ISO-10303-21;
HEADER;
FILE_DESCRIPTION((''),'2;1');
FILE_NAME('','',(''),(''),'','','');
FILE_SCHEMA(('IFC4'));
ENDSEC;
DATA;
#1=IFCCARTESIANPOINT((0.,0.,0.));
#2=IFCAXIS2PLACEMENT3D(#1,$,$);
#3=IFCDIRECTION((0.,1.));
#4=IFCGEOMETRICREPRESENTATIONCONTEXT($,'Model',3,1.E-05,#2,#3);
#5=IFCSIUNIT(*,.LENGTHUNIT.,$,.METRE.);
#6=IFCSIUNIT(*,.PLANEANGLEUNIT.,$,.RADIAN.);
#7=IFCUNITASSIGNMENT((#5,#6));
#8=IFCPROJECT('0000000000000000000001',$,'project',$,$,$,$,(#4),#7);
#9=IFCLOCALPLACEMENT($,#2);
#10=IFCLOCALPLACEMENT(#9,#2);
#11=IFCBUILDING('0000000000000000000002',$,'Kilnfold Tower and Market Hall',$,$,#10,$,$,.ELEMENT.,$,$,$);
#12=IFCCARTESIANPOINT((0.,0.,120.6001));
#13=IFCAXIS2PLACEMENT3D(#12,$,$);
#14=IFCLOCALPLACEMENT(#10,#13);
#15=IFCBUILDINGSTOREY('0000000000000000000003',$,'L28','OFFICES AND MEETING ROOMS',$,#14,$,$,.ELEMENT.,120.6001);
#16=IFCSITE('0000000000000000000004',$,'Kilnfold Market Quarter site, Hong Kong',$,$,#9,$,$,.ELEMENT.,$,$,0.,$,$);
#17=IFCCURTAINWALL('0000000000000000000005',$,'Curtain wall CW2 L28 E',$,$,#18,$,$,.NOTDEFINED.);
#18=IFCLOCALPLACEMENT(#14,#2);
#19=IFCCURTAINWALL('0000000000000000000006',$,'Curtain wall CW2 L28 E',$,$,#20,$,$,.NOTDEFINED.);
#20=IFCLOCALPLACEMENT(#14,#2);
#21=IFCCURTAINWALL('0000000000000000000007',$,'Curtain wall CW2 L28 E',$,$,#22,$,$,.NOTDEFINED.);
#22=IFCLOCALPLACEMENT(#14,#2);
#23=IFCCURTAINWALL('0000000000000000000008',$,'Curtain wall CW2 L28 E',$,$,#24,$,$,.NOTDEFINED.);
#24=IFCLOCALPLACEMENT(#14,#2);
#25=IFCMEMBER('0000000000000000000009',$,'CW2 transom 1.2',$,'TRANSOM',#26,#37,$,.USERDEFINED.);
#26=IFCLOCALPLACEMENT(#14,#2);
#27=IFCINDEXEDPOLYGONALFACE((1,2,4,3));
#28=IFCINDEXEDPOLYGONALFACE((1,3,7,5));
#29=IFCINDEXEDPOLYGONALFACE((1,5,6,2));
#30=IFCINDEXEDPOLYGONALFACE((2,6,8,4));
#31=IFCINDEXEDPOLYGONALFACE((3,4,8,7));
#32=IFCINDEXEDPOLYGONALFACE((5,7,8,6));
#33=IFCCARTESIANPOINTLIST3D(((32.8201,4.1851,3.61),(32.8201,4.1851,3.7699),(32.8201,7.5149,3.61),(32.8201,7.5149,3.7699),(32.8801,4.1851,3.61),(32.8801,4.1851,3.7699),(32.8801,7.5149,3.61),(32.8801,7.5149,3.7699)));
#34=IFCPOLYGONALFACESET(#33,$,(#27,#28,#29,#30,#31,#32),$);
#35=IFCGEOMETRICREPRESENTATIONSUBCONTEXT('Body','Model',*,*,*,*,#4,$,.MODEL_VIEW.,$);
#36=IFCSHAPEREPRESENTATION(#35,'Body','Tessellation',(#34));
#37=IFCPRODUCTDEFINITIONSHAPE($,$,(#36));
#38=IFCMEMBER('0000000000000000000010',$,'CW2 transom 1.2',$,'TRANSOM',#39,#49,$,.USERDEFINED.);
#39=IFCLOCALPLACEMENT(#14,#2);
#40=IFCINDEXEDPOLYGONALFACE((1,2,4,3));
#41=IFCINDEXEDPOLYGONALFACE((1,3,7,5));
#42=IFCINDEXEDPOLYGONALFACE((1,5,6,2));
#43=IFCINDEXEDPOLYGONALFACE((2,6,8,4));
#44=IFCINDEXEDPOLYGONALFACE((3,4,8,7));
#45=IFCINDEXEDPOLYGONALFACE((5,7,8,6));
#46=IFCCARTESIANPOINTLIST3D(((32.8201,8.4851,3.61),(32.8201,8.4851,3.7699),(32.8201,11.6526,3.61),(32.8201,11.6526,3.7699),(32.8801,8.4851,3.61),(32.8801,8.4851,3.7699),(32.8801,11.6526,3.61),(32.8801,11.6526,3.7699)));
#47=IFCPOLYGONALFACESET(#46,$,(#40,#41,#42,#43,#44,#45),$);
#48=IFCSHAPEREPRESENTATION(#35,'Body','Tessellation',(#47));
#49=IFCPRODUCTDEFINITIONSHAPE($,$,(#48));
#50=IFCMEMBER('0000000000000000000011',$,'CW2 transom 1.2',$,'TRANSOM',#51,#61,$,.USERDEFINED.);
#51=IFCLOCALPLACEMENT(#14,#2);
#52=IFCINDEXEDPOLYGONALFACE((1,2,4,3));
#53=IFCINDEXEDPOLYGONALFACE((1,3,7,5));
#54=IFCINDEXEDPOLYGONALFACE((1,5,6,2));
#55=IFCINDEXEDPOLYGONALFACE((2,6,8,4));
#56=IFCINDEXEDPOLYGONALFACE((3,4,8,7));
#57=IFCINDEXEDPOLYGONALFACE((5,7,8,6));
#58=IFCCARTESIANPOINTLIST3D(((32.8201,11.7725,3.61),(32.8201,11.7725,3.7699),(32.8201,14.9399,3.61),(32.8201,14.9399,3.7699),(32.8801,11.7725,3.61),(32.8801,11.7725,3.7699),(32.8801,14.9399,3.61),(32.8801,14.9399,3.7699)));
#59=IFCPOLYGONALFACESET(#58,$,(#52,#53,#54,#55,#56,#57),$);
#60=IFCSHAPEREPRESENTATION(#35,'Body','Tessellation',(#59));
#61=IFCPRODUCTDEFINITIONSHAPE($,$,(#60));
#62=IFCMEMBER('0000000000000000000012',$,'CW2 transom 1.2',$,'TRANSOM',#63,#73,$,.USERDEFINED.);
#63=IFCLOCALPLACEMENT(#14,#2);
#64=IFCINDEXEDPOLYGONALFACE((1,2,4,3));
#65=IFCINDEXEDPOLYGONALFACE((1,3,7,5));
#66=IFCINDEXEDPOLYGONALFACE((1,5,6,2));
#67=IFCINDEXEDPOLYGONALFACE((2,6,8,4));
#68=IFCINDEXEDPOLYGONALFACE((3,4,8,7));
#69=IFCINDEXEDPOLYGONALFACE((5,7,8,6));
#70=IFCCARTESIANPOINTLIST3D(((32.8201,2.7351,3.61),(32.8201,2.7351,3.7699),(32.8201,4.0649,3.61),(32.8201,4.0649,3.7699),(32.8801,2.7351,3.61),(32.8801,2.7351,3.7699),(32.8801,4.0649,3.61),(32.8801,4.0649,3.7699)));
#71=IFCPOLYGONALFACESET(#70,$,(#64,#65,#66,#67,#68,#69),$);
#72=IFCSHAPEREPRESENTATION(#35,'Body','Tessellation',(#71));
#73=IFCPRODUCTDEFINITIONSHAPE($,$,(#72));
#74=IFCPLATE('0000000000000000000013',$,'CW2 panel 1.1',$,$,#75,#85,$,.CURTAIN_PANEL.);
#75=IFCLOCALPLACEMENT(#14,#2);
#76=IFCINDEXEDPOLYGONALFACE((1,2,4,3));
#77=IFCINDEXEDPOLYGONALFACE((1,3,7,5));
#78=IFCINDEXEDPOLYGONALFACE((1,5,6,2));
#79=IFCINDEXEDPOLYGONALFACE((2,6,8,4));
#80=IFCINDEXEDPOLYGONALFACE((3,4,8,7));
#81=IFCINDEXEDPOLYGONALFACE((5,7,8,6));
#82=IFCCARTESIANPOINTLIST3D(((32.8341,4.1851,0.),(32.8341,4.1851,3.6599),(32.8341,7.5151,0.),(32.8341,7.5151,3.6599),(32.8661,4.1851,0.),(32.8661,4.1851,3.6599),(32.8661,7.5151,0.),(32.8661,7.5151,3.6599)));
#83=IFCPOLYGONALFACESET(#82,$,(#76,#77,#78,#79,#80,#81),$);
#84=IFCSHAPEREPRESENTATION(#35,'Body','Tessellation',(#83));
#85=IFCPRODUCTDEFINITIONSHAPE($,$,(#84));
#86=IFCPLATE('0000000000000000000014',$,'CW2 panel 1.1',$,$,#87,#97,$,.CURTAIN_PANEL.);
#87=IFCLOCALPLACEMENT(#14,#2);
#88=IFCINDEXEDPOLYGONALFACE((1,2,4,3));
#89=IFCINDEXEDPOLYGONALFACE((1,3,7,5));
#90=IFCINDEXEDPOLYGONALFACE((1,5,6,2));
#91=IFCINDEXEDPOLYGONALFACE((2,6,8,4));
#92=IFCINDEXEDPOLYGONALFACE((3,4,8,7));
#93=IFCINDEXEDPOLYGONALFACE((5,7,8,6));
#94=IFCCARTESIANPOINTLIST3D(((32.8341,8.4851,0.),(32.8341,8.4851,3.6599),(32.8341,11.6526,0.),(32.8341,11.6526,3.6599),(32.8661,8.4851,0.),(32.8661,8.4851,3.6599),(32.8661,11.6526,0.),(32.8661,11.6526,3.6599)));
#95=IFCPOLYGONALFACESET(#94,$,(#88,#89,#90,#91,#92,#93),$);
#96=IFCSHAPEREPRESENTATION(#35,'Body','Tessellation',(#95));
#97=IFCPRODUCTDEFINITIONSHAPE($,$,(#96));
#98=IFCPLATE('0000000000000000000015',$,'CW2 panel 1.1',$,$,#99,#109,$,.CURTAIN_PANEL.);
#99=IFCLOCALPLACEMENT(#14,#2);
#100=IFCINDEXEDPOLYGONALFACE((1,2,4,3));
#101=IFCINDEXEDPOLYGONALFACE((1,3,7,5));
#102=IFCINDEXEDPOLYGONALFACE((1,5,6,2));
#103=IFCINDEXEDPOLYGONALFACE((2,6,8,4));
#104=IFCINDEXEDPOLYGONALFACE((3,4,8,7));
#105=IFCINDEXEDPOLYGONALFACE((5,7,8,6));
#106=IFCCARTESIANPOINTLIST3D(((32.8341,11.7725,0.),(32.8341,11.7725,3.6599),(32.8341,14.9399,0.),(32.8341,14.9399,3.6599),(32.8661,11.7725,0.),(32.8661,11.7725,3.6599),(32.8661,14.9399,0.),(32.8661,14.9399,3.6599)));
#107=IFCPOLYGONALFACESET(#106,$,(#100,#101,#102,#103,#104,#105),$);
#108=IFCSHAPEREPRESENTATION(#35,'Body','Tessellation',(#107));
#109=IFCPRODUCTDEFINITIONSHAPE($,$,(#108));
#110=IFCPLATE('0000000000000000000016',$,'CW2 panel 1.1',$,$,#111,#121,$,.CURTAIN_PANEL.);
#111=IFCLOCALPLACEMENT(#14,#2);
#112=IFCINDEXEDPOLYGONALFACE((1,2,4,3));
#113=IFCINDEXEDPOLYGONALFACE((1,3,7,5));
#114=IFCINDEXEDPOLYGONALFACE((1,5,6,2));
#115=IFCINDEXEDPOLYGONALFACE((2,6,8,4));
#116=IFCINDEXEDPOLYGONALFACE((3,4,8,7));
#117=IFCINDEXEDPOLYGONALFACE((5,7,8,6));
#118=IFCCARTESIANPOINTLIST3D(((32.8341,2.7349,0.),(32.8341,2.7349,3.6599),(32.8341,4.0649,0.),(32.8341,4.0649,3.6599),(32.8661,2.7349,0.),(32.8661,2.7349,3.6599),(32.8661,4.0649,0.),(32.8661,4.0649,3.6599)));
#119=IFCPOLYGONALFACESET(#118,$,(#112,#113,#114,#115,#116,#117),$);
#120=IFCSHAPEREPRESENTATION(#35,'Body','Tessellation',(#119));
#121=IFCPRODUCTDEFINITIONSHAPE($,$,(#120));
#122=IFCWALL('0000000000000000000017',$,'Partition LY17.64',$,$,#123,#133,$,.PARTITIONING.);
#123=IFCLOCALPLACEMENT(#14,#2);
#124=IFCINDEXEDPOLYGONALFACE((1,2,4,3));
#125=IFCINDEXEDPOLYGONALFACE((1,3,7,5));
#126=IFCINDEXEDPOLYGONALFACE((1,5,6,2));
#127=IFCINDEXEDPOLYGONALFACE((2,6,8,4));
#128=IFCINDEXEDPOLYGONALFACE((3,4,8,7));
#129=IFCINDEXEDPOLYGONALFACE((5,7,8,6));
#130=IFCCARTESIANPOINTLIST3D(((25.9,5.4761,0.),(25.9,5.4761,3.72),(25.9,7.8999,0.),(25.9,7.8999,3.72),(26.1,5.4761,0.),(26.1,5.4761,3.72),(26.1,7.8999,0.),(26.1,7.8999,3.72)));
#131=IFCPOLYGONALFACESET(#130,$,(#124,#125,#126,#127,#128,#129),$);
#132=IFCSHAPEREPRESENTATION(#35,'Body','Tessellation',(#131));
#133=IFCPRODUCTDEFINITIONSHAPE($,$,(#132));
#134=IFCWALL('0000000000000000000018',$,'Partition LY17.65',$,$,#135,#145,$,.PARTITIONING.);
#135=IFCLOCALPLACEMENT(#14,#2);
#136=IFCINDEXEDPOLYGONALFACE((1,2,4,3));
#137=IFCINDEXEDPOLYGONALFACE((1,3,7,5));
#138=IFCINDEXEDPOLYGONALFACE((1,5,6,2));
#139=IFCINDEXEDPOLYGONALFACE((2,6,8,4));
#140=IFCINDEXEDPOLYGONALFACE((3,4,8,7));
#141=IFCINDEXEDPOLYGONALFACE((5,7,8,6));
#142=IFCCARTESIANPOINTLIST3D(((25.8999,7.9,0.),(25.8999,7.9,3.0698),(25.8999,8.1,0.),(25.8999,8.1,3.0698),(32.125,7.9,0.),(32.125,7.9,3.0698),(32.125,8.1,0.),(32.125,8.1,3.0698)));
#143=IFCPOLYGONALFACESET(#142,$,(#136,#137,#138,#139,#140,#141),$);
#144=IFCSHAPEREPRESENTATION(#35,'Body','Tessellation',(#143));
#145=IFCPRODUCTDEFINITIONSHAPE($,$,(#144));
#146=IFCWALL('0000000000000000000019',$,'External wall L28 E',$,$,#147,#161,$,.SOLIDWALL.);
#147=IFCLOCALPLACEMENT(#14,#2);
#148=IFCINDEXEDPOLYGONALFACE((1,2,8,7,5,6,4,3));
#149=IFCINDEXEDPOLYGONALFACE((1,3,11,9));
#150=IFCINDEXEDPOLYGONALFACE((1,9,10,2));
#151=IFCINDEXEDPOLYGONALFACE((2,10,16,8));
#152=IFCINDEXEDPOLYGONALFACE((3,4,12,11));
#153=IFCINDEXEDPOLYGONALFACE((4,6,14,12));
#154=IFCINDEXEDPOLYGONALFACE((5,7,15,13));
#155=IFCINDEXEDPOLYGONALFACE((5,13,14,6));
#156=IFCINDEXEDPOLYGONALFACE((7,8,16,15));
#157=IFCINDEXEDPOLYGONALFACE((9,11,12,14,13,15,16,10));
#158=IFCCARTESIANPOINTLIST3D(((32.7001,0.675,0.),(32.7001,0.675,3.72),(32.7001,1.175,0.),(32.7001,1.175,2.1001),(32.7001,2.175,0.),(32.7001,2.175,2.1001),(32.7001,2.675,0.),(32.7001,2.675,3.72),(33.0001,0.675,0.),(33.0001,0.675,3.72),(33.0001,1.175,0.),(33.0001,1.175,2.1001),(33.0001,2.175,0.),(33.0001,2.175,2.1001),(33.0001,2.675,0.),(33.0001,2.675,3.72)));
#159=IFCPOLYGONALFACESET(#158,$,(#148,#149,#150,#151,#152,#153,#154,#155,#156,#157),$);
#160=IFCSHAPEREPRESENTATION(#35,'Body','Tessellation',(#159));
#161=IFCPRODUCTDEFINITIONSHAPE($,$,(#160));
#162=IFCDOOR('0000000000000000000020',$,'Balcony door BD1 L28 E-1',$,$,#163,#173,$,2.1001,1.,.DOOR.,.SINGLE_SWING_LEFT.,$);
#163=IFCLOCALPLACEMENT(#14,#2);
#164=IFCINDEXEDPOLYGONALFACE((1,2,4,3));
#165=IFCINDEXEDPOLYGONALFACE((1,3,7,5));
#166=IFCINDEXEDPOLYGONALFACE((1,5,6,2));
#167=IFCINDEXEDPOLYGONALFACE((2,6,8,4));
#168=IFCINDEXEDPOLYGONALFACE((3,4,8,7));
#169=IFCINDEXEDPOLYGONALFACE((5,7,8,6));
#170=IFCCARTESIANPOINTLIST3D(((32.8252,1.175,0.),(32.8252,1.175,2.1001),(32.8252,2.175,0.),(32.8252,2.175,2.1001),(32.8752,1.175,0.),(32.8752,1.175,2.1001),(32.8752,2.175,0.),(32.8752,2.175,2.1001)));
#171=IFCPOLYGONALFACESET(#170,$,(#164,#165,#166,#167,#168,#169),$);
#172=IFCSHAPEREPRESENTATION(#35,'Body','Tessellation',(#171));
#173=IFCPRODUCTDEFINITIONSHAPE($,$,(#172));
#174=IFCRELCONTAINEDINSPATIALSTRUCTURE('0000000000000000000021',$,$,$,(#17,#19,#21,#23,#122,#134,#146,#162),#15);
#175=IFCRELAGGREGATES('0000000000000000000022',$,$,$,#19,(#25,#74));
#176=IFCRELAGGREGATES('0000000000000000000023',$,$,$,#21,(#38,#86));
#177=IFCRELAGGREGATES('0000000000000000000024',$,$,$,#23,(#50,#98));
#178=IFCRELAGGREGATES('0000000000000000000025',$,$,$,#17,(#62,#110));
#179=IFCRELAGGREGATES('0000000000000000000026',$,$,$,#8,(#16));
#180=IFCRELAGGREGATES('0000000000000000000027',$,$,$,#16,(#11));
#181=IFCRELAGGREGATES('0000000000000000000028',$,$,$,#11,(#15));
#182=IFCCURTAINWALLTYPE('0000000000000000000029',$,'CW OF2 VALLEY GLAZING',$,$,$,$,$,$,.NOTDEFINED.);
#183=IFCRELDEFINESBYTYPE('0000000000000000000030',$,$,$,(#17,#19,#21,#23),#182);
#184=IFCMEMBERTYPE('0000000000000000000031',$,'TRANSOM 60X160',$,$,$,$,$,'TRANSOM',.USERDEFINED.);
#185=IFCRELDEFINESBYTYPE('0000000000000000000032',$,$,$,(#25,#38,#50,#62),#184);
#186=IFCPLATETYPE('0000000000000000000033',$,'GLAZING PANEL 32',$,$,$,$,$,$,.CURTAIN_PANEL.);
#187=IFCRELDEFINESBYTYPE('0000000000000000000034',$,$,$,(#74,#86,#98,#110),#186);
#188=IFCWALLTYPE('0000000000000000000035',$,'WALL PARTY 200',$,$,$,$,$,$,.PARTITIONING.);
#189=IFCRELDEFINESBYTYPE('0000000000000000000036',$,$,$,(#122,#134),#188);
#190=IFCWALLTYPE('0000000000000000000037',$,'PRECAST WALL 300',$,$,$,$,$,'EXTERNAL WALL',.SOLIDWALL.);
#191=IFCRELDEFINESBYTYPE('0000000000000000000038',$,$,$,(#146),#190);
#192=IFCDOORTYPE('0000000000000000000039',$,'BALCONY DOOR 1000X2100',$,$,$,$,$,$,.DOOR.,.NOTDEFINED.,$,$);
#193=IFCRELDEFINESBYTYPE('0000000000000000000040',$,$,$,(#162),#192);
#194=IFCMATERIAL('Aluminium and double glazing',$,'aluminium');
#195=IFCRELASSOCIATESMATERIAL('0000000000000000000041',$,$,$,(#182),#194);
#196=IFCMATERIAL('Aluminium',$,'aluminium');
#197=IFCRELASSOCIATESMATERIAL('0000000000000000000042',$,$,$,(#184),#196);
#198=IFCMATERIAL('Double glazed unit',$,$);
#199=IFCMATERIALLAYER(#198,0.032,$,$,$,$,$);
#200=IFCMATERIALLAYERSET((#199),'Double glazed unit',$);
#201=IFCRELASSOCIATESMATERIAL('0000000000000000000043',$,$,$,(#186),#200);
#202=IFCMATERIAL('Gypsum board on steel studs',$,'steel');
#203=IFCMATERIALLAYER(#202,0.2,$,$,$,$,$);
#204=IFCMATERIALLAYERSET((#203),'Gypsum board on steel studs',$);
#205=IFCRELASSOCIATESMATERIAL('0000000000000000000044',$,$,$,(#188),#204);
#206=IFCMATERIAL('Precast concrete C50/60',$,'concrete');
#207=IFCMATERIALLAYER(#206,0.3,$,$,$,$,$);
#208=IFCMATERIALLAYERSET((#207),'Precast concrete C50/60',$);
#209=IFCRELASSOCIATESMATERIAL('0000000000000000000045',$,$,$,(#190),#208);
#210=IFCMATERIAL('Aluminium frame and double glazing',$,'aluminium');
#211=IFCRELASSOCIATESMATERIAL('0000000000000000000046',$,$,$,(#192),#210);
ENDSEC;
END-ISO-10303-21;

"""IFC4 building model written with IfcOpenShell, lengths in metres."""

from ifc_helpers import new_model, si_unit, direction, frame, frame_2d, origin, origin_2d, place, context, subcontext, project, spatial, rectangle, extrude, source, transform, mapped, material, layer, layer_set, material_profile, profile_set, type_object, element, fill, aggregate, save


model = new_model("IFC4")

# Units and contexts
model_context = context("Model", 3, precision=1e-05, world=origin(), true_north=direction((0.0, 1.0)))
body_context = subcontext(model_context, "Body", "Model", "MODEL_VIEW")
ifc_project = project(units=[si_unit("LENGTHUNIT", "METRE"), si_unit("PLANEANGLEUNIT", "RADIAN")], contexts=[model_context])

# Site, building, storey
site_placement = place(None, origin())
site = spatial("IfcSite", under=ifc_project, at=site_placement, Name="Kilnfold Market Quarter site, Hong Kong", CompositionType="ELEMENT", RefElevation=0.0)
building_placement = place(site_placement, origin())
building = spatial("IfcBuilding", under=site, at=building_placement, Name="Kilnfold Tower and Market Hall", CompositionType="ELEMENT")
storey_placement = place(building_placement, frame((0.0, 0.0, 120.6001)))
storey = spatial("IfcBuildingStorey", under=building, at=storey_placement, Name="L28", Description="OFFICES AND MEETING ROOMS", CompositionType="ELEMENT", Elevation=120.6001)

# Curtain walls
ifc_material_1 = material(Name="Aluminium and double glazing", Category="aluminium")
curtain_wall_type = type_object("IfcCurtainWallType", Name="CW OF2 VALLEY GLAZING", PredefinedType="NOTDEFINED", material=ifc_material_1)
curtain_wall_1_placement = place(storey_placement, origin())
curtain_wall_1 = element("IfcCurtainWall", 1, at=curtain_wall_1_placement, inside=storey, type_object=curtain_wall_type, Name="Curtain wall CW2 L28 E", PredefinedType="NOTDEFINED")
curtain_wall_2_placement = place(storey_placement, origin())
curtain_wall_2 = element("IfcCurtainWall", 2, at=curtain_wall_2_placement, inside=storey, type_object=curtain_wall_type, Name="Curtain wall CW2 L28 E", PredefinedType="NOTDEFINED")
curtain_wall_3_placement = place(storey_placement, origin())
curtain_wall_3 = element("IfcCurtainWall", 3, at=curtain_wall_3_placement, inside=storey, type_object=curtain_wall_type, Name="Curtain wall CW2 L28 E", PredefinedType="NOTDEFINED")

# Curtain wall
curtain_wall_4_placement = place(storey_placement, origin())
curtain_wall_4 = element("IfcCurtainWall", 4, at=curtain_wall_4_placement, inside=storey, type_object=curtain_wall_type, Name="Curtain wall CW2 L28 E", PredefinedType="NOTDEFINED")

# Members
ifc_material_2 = material(Name="Aluminium", Category="aluminium")
ifc_material_profile_1 = material_profile(ifc_material_2, rectangle(XDim=0.0601, YDim=0.1599, at=origin_2d()), Name="TRANSOM 60x160")
ifc_profile_set_1 = profile_set([ifc_material_profile_1], Name="Aluminium")
member_type_1 = type_object("IfcMemberType", Name="TRANSOM 60X160", ElementType="TRANSOM", PredefinedType="USERDEFINED", material=ifc_profile_set_1)
shared_shape_1 = source(origin(), body_context, "Body", "SweptSolid", [
    extrude(rectangle(XDim=0.0601, YDim=0.1599, at=origin_2d()), origin(), (0.0, 0.0, 1.0), 3.3298),
])
member_1_placement = place(storey_placement, frame((32.8501, 4.1851, 3.6899), z_axis=(0.0, 1.0, 0.0), x_axis=(-1.0, 0.0, 0.0)))
member_1 = element("IfcMember", 5, at=member_1_placement, type_object=member_type_1, Name="CW2 transom 1.2", ObjectType="TRANSOM", PredefinedType="USERDEFINED", context=body_context, shape_type="MappedRepresentation", body=[
    mapped(shared_shape_1, transform((0.0, 0.0, 0.0))),
])
shared_shape_2 = source(origin(), body_context, "Body", "SweptSolid", [
    extrude(rectangle(XDim=0.0601, YDim=0.1599, at=origin_2d()), origin(), (0.0, 0.0, 1.0), 3.1675),
])
member_2_placement = place(storey_placement, frame((32.8501, 8.4851, 3.6899), z_axis=(0.0, 1.0, 0.0), x_axis=(-1.0, 0.0, 0.0)))
member_2 = element("IfcMember", 6, at=member_2_placement, type_object=member_type_1, Name="CW2 transom 1.2", ObjectType="TRANSOM", PredefinedType="USERDEFINED", context=body_context, shape_type="MappedRepresentation", body=[
    mapped(shared_shape_2, transform((0.0, 0.0, 0.0))),
])
member_3_placement = place(storey_placement, frame((32.8501, 11.7725, 3.6899), z_axis=(0.0, 1.0, 0.0), x_axis=(-1.0, 0.0, 0.0)))
member_3 = element("IfcMember", 7, at=member_3_placement, type_object=member_type_1, Name="CW2 transom 1.2", ObjectType="TRANSOM", PredefinedType="USERDEFINED", context=body_context, shape_type="MappedRepresentation", body=[
    mapped(shared_shape_2, transform((0.0, 0.0, 0.0))),
])
shared_shape_3 = source(origin(), body_context, "Body", "SweptSolid", [
    extrude(rectangle(XDim=0.0601, YDim=0.1599, at=origin_2d()), origin(), (0.0, 0.0, 1.0), 1.3298),
])
member_4_placement = place(storey_placement, frame((32.8501, 2.7351, 3.6899), z_axis=(0.0, 1.0, 0.0), x_axis=(-1.0, 0.0, 0.0)))
member_4 = element("IfcMember", 8, at=member_4_placement, type_object=member_type_1, Name="CW2 transom 1.2", ObjectType="TRANSOM", PredefinedType="USERDEFINED", context=body_context, shape_type="MappedRepresentation", body=[
    mapped(shared_shape_3, transform((0.0, 0.0, 0.0))),
])

# Plates
ifc_material_3 = material(Name="Double glazed unit")
ifc_layer_1 = layer(ifc_material_3, 0.032)
ifc_layer_set_1 = layer_set([ifc_layer_1], Name="Double glazed unit")
plate_type = type_object("IfcPlateType", Name="GLAZING PANEL 32", PredefinedType="CURTAIN_PANEL", material=ifc_layer_set_1)
shared_shape_4 = source(origin(), body_context, "Body", "SweptSolid", [
    extrude(rectangle(XDim=3.3301, YDim=0.032, at=origin_2d()), origin(), (0.0, 0.0, 1.0), 3.6599),
])
plate_1_placement = place(storey_placement, frame((32.8501, 5.8501, 0.0), z_axis=(0.0, 0.0, 1.0), x_axis=(0.0, 1.0, 0.0)))
plate_1 = element("IfcPlate", 9, at=plate_1_placement, type_object=plate_type, Name="CW2 panel 1.1", PredefinedType="CURTAIN_PANEL", context=body_context, shape_type="MappedRepresentation", body=[
    mapped(shared_shape_4, transform((0.0, 0.0, 0.0))),
])
aggregate(curtain_wall_2, [member_1, plate_1])
shared_shape_5 = source(origin(), body_context, "Body", "SweptSolid", [
    extrude(rectangle(XDim=3.1675, YDim=0.032, at=origin_2d()), origin(), (0.0, 0.0, 1.0), 3.6599),
])
plate_2_placement = place(storey_placement, frame((32.8501, 10.0688, 0.0), z_axis=(0.0, 0.0, 1.0), x_axis=(0.0, 1.0, 0.0)))
plate_2 = element("IfcPlate", 10, at=plate_2_placement, type_object=plate_type, Name="CW2 panel 1.1", PredefinedType="CURTAIN_PANEL", context=body_context, shape_type="MappedRepresentation", body=[
    mapped(shared_shape_5, transform((0.0, 0.0, 0.0))),
])
aggregate(curtain_wall_3, [member_2, plate_2])
plate_3_placement = place(storey_placement, frame((32.8501, 13.3562, 0.0), z_axis=(0.0, 0.0, 1.0), x_axis=(0.0, 1.0, 0.0)))
plate_3 = element("IfcPlate", 11, at=plate_3_placement, type_object=plate_type, Name="CW2 panel 1.1", PredefinedType="CURTAIN_PANEL", context=body_context, shape_type="MappedRepresentation", body=[
    mapped(shared_shape_5, transform((0.0, 0.0, 0.0))),
])
aggregate(curtain_wall_4, [member_3, plate_3])
shared_shape_6 = source(origin(), body_context, "Body", "SweptSolid", [
    extrude(rectangle(XDim=1.3301, YDim=0.032, at=origin_2d()), origin(), (0.0, 0.0, 1.0), 3.6599),
])
plate_4_placement = place(storey_placement, frame((32.8501, 3.3999, 0.0), z_axis=(0.0, 0.0, 1.0), x_axis=(0.0, 1.0, 0.0)))
plate_4 = element("IfcPlate", 12, at=plate_4_placement, type_object=plate_type, Name="CW2 panel 1.1", PredefinedType="CURTAIN_PANEL", context=body_context, shape_type="MappedRepresentation", body=[
    mapped(shared_shape_6, transform((0.0, 0.0, 0.0))),
])
aggregate(curtain_wall_1, [member_4, plate_4])

# Walls
ifc_material_4 = material(Name="Gypsum board on steel studs", Category="steel")
ifc_layer_2 = layer(ifc_material_4, 0.2)
ifc_layer_set_2 = layer_set([ifc_layer_2], Name="Gypsum board on steel studs")
wall_type_1 = type_object("IfcWallType", Name="WALL PARTY 200", PredefinedType="PARTITIONING", material=ifc_layer_set_2)
wall_1_placement = place(storey_placement, frame((26.0, 5.4761, 0.0), z_axis=(0.0, 0.0, 1.0), x_axis=(0.0, 1.0, 0.0)))
element("IfcWall", 13, at=wall_1_placement, inside=storey, type_object=wall_type_1, Name="Partition LY17.64", PredefinedType="PARTITIONING", context=body_context, shape_type="SweptSolid", body=[
    extrude(rectangle(XDim=2.4238, YDim=0.2, at=frame_2d((1.2119, 0.0))), origin(), (0.0, 0.0, 1.0), 3.72),
])
wall_2_placement = place(storey_placement, frame((25.8999, 8.0, 0.0), z_axis=(0.0, 0.0, 1.0), x_axis=(1.0, 0.0, 0.0)))
element("IfcWall", 14, at=wall_2_placement, inside=storey, type_object=wall_type_1, Name="Partition LY17.65", PredefinedType="PARTITIONING", context=body_context, shape_type="SweptSolid", body=[
    extrude(rectangle(XDim=6.2251, YDim=0.2, at=frame_2d((3.1125, 0.0))), origin(), (0.0, 0.0, 1.0), 3.0698),
])

# Wall, opening, door
ifc_material_5 = material(Name="Precast concrete C50/60", Category="concrete")
ifc_layer_3 = layer(ifc_material_5, 0.3)
ifc_layer_set_3 = layer_set([ifc_layer_3], Name="Precast concrete C50/60")
wall_type_2 = type_object("IfcWallType", Name="PRECAST WALL 300", ElementType="EXTERNAL WALL", PredefinedType="SOLIDWALL", material=ifc_layer_set_3)
shared_shape_7 = source(origin(), body_context, "Body", "SweptSolid", [
    extrude(rectangle(XDim=2.0, YDim=0.3, at=frame_2d((1.0, 0.0))), origin(), (0.0, 0.0, 1.0), 3.72),
])
wall_3_placement = place(storey_placement, frame((32.8501, 0.675, 0.0), z_axis=(0.0, 0.0, 1.0), x_axis=(0.0, 1.0, 0.0)))
wall_3 = element("IfcWall", 15, at=wall_3_placement, inside=storey, type_object=wall_type_2, Name="External wall L28 E", PredefinedType="SOLIDWALL", context=body_context, shape_type="MappedRepresentation", body=[
    mapped(shared_shape_7, transform((0.0, 0.0, 0.0))),
])
opening_placement = place(wall_3_placement, frame((0.5, 0.0, 0.0)))
opening = element("IfcOpeningElement", 16, at=opening_placement, cuts=wall_3, PredefinedType="OPENING", context=body_context, shape_type="SweptSolid", body=[
    extrude(rectangle(XDim=1.0, YDim=2.1001, at=frame_2d((0.5, 1.05))), frame((0.0, 0.1602, 0.0), z_axis=(0.0, -1.0, 0.0), x_axis=(1.0, 0.0, 0.0)), (0.0, 0.0, 1.0), 0.3201),
])
ifc_material_6 = material(Name="Aluminium frame and double glazing", Category="aluminium")
door_type = type_object("IfcDoorType", Name="BALCONY DOOR 1000X2100", OperationType="NOTDEFINED", PredefinedType="DOOR", material=ifc_material_6)
door_placement = place(opening_placement, origin())
door = element("IfcDoor", 17, at=door_placement, inside=storey, type_object=door_type, Name="Balcony door BD1 L28 E-1", OperationType="SINGLE_SWING_LEFT", OverallHeight=2.1001, OverallWidth=1.0, PredefinedType="DOOR", context=body_context, shape_type="SweptSolid", body=[
    extrude(rectangle(XDim=1.0, YDim=2.1001, at=frame_2d((0.5, 1.05))), frame((0.0, 0.0249, 0.0), z_axis=(0.0, -1.0, 0.0), x_axis=(1.0, 0.0, 0.0)), (0.0, 0.0, 1.0), 0.05),
])
fill(opening, door)

save(model, "model.ifc")
